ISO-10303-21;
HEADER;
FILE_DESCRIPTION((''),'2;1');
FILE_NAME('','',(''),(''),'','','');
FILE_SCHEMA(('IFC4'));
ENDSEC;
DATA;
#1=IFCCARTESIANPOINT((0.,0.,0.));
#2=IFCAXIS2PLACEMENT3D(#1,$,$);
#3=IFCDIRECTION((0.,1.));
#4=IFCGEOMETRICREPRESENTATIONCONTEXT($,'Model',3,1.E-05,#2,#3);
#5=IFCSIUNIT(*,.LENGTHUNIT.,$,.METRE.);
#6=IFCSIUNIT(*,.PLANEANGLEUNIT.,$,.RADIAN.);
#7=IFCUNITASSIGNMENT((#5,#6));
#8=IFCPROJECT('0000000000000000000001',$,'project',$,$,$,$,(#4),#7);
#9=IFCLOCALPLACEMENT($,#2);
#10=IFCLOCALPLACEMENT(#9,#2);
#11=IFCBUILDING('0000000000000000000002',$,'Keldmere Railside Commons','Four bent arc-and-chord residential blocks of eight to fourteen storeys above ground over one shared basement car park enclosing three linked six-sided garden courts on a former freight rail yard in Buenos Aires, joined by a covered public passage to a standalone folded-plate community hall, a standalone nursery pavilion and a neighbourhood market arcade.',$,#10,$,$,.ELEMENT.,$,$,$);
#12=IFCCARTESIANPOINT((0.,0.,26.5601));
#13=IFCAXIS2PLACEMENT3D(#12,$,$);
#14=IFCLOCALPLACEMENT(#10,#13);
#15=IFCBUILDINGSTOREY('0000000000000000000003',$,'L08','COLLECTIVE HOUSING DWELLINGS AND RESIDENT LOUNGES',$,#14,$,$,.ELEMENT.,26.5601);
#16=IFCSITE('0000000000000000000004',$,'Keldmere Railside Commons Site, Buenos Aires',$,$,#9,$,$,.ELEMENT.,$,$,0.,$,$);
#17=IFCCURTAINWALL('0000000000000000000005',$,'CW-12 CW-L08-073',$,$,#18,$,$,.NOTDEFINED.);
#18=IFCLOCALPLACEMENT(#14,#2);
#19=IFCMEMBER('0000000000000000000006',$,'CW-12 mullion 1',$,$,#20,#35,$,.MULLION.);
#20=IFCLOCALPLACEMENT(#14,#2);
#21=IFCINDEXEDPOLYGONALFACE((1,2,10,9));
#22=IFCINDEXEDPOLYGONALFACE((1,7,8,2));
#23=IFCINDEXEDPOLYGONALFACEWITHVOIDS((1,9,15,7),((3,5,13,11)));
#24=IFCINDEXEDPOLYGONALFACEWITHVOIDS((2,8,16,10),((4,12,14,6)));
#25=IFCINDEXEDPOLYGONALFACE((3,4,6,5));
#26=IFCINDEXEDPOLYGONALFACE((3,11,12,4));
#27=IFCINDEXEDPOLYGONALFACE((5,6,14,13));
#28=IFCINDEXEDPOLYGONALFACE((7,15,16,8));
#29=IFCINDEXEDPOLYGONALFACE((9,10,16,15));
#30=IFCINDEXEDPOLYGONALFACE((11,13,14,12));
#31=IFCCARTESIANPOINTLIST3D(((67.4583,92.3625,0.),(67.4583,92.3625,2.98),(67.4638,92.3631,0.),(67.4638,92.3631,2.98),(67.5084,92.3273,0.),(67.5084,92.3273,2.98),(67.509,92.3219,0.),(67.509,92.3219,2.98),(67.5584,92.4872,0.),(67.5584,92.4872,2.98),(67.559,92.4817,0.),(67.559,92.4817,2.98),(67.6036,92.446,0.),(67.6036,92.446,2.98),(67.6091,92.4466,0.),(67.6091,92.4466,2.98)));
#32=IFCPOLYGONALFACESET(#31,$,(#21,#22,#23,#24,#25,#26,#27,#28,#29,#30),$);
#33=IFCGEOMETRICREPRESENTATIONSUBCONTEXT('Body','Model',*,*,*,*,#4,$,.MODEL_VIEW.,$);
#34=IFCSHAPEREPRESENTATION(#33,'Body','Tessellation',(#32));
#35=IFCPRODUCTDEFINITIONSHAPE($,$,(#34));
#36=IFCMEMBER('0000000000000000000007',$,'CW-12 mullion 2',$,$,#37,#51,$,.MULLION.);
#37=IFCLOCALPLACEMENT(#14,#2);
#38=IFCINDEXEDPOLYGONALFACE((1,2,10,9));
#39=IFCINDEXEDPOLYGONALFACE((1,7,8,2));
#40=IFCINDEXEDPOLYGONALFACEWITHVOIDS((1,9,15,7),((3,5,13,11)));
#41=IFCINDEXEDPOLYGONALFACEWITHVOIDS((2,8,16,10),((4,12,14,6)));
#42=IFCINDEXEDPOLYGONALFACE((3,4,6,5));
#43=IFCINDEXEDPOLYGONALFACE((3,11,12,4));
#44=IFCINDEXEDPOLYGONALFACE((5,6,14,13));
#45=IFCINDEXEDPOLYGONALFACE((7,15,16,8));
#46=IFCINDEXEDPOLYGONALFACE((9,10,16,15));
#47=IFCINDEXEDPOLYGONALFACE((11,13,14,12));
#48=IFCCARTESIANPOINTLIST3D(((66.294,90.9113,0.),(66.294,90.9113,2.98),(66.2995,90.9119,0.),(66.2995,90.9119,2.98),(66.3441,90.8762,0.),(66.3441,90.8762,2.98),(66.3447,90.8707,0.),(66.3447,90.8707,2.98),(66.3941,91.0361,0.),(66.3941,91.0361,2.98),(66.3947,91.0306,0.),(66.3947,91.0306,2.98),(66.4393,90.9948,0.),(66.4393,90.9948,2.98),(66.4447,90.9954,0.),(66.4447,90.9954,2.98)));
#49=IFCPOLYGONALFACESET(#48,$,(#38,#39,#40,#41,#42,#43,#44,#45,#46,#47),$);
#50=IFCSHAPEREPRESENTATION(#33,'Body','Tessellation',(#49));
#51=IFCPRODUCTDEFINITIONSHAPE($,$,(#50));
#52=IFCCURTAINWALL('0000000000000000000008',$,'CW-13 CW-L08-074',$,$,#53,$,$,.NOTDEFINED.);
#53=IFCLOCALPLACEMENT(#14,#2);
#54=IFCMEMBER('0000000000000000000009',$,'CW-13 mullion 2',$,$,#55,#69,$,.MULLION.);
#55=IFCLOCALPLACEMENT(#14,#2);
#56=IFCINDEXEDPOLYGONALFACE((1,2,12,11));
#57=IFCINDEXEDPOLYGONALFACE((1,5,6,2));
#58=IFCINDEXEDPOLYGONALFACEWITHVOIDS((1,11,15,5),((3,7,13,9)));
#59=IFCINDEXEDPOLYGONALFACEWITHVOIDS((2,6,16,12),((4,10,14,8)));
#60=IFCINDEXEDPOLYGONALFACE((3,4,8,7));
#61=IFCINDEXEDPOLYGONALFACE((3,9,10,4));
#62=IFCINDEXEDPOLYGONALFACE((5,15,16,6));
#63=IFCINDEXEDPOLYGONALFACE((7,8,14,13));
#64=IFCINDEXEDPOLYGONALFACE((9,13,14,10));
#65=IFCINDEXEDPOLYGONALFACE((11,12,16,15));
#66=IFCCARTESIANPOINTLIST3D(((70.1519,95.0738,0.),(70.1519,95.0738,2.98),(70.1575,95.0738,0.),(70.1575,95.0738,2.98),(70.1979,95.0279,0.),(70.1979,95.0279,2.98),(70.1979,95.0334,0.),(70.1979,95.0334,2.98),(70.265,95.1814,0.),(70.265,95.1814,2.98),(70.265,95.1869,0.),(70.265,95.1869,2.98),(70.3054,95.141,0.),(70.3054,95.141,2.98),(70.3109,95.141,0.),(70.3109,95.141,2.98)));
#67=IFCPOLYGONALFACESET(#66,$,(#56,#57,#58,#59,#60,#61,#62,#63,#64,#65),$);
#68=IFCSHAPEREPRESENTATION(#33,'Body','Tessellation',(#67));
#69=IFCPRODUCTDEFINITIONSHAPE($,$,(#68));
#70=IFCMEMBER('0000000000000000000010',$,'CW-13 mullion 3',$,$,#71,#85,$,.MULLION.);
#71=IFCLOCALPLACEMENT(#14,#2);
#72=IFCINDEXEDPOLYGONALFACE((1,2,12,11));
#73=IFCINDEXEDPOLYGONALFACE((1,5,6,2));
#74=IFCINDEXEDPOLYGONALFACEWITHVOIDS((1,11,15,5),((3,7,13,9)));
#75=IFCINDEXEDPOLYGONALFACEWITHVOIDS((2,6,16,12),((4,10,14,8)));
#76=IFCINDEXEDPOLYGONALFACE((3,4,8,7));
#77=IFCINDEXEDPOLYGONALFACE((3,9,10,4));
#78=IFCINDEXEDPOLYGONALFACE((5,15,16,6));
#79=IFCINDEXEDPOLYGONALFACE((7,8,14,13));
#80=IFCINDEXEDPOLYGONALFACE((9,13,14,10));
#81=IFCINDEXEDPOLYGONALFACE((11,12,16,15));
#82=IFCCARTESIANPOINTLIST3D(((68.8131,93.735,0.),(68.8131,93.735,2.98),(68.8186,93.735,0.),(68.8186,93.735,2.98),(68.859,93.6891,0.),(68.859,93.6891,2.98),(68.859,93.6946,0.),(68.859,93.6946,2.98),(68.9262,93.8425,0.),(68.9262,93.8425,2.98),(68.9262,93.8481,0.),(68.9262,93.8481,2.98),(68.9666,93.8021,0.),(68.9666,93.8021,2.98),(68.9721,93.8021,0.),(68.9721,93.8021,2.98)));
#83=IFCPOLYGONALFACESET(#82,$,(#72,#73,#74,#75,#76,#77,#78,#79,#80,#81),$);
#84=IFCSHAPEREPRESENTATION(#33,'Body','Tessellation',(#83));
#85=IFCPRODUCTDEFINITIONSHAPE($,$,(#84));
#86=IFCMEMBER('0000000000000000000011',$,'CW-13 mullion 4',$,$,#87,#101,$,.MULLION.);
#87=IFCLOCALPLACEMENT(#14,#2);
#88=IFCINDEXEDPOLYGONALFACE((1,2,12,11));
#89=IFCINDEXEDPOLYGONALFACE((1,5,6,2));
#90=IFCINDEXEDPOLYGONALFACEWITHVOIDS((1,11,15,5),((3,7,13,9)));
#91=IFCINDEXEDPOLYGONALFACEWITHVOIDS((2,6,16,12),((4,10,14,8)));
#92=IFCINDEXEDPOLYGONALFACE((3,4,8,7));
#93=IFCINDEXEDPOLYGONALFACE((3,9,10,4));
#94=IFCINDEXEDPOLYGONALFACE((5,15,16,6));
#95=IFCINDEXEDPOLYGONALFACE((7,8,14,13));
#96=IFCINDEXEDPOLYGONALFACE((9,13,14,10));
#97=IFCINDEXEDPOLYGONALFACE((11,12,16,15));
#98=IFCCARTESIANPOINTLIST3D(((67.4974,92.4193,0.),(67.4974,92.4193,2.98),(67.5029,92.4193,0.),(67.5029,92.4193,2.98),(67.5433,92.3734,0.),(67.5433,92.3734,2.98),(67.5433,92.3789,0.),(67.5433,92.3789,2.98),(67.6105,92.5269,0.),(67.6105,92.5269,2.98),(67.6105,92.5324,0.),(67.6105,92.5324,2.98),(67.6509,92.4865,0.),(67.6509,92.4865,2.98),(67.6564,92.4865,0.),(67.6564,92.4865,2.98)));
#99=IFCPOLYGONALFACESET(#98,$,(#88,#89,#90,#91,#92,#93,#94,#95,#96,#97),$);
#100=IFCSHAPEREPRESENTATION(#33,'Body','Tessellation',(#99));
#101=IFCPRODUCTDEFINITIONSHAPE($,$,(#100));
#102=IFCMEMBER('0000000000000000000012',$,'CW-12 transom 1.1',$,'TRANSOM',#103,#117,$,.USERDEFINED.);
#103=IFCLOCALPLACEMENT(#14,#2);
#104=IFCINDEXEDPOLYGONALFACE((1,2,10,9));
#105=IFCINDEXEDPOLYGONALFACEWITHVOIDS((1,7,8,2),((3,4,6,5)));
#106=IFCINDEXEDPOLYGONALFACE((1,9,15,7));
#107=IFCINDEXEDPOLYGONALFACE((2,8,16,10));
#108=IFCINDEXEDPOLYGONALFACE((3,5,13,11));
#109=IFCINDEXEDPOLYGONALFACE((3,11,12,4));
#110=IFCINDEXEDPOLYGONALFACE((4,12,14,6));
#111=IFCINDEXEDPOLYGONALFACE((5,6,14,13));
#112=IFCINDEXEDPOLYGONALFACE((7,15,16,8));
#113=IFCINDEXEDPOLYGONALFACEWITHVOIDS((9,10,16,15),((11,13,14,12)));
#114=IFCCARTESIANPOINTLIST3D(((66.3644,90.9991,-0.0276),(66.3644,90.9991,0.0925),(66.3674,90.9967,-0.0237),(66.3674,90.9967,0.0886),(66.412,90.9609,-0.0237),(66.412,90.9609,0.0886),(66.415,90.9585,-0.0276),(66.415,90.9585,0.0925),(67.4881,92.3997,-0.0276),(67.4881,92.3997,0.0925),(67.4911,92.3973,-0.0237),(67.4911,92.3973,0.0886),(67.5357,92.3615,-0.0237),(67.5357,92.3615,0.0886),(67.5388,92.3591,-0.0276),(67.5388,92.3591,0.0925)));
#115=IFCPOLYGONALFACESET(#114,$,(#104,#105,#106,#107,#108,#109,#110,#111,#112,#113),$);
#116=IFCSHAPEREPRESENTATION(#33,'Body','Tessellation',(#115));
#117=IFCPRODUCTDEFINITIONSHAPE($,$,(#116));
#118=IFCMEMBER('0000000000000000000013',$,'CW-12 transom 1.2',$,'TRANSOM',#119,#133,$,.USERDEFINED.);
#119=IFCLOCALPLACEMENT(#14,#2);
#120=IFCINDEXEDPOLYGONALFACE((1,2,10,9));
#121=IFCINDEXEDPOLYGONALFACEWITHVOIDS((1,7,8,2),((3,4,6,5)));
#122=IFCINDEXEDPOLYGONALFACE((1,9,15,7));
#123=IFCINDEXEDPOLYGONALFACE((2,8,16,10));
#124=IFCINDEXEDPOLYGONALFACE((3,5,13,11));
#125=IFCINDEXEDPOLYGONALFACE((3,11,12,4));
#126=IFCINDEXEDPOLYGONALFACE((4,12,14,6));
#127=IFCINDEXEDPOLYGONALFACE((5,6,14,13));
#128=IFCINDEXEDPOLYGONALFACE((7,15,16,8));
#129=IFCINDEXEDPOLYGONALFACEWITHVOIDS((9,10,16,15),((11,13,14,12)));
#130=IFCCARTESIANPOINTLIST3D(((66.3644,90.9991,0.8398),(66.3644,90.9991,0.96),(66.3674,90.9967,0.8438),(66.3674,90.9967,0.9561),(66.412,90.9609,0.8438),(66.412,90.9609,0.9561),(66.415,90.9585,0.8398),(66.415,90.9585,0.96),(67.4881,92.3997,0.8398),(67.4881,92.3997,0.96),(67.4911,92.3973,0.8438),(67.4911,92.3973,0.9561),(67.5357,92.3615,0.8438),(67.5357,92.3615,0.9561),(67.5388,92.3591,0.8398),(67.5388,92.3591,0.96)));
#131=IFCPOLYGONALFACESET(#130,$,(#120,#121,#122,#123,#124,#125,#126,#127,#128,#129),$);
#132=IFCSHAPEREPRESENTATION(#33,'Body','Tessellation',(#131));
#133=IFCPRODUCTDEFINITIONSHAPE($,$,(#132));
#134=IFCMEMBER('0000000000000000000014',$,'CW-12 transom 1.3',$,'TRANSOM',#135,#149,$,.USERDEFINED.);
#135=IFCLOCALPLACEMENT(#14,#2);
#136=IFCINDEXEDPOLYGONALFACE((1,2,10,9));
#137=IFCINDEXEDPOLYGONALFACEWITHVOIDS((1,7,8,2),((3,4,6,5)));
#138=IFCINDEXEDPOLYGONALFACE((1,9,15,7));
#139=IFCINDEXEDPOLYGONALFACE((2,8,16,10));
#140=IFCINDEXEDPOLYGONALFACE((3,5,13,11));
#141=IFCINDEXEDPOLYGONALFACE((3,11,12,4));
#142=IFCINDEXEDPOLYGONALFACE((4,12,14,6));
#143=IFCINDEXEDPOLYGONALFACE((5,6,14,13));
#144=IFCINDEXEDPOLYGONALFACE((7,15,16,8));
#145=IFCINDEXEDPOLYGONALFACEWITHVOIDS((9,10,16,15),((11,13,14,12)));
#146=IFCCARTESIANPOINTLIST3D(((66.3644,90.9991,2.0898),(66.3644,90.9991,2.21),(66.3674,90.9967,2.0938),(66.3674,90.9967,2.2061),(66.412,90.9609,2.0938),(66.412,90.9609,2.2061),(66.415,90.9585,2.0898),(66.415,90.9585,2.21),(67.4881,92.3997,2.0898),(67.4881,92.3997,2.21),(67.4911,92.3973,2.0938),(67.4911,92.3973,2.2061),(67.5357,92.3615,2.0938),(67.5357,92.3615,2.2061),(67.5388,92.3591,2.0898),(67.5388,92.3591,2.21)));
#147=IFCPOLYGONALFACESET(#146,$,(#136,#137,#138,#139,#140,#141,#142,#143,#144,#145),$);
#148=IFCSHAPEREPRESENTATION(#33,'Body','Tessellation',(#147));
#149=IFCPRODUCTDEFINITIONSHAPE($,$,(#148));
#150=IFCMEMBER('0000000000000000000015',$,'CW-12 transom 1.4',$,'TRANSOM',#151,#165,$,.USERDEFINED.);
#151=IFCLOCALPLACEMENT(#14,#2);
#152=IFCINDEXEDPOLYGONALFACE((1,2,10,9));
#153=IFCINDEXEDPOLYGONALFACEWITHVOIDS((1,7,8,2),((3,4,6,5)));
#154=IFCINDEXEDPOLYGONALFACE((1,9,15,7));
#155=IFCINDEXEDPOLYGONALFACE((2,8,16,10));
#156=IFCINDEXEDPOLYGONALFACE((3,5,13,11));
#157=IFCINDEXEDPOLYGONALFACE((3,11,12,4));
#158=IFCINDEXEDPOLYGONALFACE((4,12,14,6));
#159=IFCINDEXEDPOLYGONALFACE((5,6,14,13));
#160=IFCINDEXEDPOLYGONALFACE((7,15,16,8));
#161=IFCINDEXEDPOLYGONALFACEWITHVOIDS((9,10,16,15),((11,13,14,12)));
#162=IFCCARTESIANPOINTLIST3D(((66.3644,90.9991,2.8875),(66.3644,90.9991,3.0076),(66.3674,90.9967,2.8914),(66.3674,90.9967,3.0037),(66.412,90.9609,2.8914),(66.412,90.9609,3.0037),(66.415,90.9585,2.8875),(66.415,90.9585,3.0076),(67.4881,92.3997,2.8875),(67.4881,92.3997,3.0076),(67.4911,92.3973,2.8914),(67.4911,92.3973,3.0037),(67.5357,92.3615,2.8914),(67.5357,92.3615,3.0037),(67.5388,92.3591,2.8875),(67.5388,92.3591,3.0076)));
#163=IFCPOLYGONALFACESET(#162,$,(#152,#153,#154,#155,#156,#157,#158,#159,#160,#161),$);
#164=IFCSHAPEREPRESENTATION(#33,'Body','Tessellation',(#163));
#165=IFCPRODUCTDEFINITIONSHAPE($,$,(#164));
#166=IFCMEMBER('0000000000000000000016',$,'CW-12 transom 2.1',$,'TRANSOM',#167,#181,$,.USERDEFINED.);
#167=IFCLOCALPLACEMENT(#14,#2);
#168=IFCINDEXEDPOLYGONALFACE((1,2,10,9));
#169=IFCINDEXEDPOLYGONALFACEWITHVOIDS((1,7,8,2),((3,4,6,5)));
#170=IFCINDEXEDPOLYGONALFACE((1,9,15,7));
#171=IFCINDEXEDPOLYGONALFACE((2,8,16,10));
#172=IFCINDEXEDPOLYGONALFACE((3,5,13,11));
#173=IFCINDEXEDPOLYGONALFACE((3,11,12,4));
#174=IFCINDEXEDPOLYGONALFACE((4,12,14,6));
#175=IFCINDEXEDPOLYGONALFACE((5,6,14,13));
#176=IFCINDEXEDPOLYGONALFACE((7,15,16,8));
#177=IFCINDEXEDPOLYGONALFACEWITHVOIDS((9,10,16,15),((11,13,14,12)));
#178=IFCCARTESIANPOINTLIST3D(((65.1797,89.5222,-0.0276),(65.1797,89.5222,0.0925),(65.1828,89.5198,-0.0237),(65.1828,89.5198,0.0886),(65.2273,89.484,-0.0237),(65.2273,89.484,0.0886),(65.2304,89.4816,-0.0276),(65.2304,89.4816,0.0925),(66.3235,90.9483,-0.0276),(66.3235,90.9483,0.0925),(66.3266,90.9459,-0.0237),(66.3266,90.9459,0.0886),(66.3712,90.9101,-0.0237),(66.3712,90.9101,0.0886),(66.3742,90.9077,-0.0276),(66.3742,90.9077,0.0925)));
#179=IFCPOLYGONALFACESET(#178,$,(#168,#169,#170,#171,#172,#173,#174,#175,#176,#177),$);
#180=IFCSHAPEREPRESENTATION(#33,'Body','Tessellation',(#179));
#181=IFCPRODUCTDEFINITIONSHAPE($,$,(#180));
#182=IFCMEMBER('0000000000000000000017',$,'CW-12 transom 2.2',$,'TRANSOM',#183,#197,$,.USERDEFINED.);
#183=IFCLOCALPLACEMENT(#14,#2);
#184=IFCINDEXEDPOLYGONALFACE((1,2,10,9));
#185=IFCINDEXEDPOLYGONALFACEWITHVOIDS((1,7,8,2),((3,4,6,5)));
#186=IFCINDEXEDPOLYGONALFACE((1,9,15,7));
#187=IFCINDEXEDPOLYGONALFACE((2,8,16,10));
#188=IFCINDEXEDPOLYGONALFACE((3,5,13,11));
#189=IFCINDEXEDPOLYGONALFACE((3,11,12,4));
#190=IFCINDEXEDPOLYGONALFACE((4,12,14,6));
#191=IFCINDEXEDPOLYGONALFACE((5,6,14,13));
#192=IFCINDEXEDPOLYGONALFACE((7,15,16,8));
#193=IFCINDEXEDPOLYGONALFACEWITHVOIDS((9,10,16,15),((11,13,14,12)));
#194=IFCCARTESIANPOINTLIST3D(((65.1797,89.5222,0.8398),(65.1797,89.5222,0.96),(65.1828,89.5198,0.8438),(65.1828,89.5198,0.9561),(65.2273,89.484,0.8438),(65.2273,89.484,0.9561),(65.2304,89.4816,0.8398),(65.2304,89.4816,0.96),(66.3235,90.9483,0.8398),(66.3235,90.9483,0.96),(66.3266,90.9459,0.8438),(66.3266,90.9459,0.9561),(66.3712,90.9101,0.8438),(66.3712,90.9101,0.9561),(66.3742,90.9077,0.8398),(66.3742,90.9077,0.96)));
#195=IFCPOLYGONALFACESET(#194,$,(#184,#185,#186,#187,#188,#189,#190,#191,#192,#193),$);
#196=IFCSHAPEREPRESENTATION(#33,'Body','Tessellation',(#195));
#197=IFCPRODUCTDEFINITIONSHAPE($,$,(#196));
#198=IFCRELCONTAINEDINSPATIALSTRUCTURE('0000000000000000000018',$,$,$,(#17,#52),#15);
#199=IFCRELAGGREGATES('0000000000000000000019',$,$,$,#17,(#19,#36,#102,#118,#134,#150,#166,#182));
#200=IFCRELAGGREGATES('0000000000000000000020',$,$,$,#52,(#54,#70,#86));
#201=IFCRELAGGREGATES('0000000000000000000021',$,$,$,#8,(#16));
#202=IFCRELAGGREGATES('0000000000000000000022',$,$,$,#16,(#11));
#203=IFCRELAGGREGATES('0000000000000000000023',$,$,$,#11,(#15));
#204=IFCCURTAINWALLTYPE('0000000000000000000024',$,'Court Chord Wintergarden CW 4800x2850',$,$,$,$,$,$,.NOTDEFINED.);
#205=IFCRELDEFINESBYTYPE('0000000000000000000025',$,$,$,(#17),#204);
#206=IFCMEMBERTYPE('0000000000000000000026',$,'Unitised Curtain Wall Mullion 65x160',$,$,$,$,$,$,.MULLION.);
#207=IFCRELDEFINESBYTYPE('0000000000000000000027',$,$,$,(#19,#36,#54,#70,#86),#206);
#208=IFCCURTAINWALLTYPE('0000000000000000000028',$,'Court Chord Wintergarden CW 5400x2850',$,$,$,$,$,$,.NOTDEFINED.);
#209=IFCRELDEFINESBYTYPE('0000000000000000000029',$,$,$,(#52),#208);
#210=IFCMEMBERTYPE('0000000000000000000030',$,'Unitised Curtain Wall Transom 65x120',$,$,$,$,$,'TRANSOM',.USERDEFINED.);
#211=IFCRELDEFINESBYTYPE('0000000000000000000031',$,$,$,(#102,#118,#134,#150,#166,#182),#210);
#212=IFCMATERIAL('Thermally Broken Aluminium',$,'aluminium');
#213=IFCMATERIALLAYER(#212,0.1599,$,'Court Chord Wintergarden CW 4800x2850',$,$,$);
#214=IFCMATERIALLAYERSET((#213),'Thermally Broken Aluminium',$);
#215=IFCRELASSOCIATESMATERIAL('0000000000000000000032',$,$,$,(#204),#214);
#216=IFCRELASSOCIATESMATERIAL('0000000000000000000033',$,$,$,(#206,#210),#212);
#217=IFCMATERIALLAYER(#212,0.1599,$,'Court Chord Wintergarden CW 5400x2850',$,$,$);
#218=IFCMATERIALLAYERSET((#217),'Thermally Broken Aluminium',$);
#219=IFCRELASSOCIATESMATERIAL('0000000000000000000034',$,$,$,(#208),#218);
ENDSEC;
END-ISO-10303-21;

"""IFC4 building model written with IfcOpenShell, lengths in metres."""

from ifc_helpers import new_model, si_unit, direction, frame, origin, origin_2d, place, context, subcontext, project, spatial, hollow_rectangle, extrude, material, layer, layer_set, material_profile, profile_set, type_object, element, aggregate, save


model = new_model("IFC4")

# Units and contexts
model_context = context("Model", 3, precision=1e-05, world=origin(), true_north=direction((0.0, 1.0)))
body_context = subcontext(model_context, "Body", "Model", "MODEL_VIEW")
ifc_project = project(units=[si_unit("LENGTHUNIT", "METRE"), si_unit("PLANEANGLEUNIT", "RADIAN")], contexts=[model_context])

# Site, building, storey
site_placement = place(None, origin())
site = spatial("IfcSite", under=ifc_project, at=site_placement, Name="Keldmere Railside Commons Site, Buenos Aires", CompositionType="ELEMENT", RefElevation=0.0)
building_placement = place(site_placement, origin())
building = spatial("IfcBuilding", under=site, at=building_placement, Name="Keldmere Railside Commons", Description="Four bent arc-and-chord residential blocks of eight to fourteen storeys above ground over one shared basement car park enclosing three linked six-sided garden courts on a former freight rail yard in Buenos Aires, joined by a covered public passage to a standalone folded-plate community hall, a standalone nursery pavilion and a neighbourhood market arcade.", CompositionType="ELEMENT")
storey_placement = place(building_placement, frame((0.0, 0.0, 26.5601)))
storey = spatial("IfcBuildingStorey", under=building, at=storey_placement, Name="L08", Description="COLLECTIVE HOUSING DWELLINGS AND RESIDENT LOUNGES", CompositionType="ELEMENT", Elevation=26.5601)

# Curtain walls, members
ifc_material_1 = material(Name="Thermally Broken Aluminium", Category="aluminium")
ifc_layer_1 = layer(ifc_material_1, 0.1599, Name="Court Chord Wintergarden CW 4800x2850")
ifc_layer_set_1 = layer_set([ifc_layer_1], Name="Thermally Broken Aluminium")
curtain_wall_type_1 = type_object("IfcCurtainWallType", Name="Court Chord Wintergarden CW 4800x2850", PredefinedType="NOTDEFINED", material=ifc_layer_set_1)
curtain_wall_1_placement = place(storey_placement, origin())
curtain_wall_1 = element("IfcCurtainWall", 1, at=curtain_wall_1_placement, inside=storey, type_object=curtain_wall_type_1, Name="CW-12 CW-L08-073", PredefinedType="NOTDEFINED")
ifc_material_profile_1 = material_profile(ifc_material_1, hollow_rectangle(XDim=0.0649, YDim=0.1599, WallThickness=0.0039, at=origin_2d()), Name="ALU-MULL-65x160")
ifc_profile_set_1 = profile_set([ifc_material_profile_1], Name="Thermally Broken Aluminium")
member_type_1 = type_object("IfcMemberType", Name="Unitised Curtain Wall Mullion 65x160", PredefinedType="MULLION", material=ifc_profile_set_1)
member_1_placement = place(storey_placement, frame((67.5337, 92.4045, 0.0), z_axis=(0.0, 0.0, 1.0), x_axis=(0.780009, -0.625768, 0.0)))
member_1 = element("IfcMember", 2, at=member_1_placement, type_object=member_type_1, Name="CW-12 mullion 1", PredefinedType="MULLION", context=body_context, shape_type="SweptSolid", body=[
    extrude(hollow_rectangle(XDim=0.0649, YDim=0.1599, WallThickness=0.0039, at=origin_2d()), origin(), (0.0, 0.0, 1.0), 2.98),
])
member_2_placement = place(storey_placement, frame((66.3694, 90.9534, 0.0), z_axis=(0.0, 0.0, 1.0), x_axis=(0.780009, -0.625768, 0.0)))
member_2 = element("IfcMember", 3, at=member_2_placement, type_object=member_type_1, Name="CW-12 mullion 2", PredefinedType="MULLION", context=body_context, shape_type="SweptSolid", body=[
    extrude(hollow_rectangle(XDim=0.0649, YDim=0.1599, WallThickness=0.0039, at=origin_2d()), origin(), (0.0, 0.0, 1.0), 2.98),
])
ifc_layer_2 = layer(ifc_material_1, 0.1599, Name="Court Chord Wintergarden CW 5400x2850")
ifc_layer_set_2 = layer_set([ifc_layer_2], Name="Thermally Broken Aluminium")
curtain_wall_type_2 = type_object("IfcCurtainWallType", Name="Court Chord Wintergarden CW 5400x2850", PredefinedType="NOTDEFINED", material=ifc_layer_set_2)
curtain_wall_2_placement = place(storey_placement, origin())
curtain_wall_2 = element("IfcCurtainWall", 4, at=curtain_wall_2_placement, inside=storey, type_object=curtain_wall_type_2, Name="CW-13 CW-L08-074", PredefinedType="NOTDEFINED")
member_3_placement = place(storey_placement, frame((70.2314, 95.1074, 0.0), z_axis=(0.0, 0.0, 1.0), x_axis=(0.707107, -0.707107, 0.0)))
member_3 = element("IfcMember", 5, at=member_3_placement, type_object=member_type_1, Name="CW-13 mullion 2", PredefinedType="MULLION", context=body_context, shape_type="SweptSolid", body=[
    extrude(hollow_rectangle(XDim=0.0649, YDim=0.1599, WallThickness=0.0039, at=origin_2d()), origin(), (0.0, 0.0, 1.0), 2.98),
])
member_4_placement = place(storey_placement, frame((68.8926, 93.7686, 0.0), z_axis=(0.0, 0.0, 1.0), x_axis=(0.707107, -0.707107, 0.0)))
member_4 = element("IfcMember", 6, at=member_4_placement, type_object=member_type_1, Name="CW-13 mullion 3", PredefinedType="MULLION", context=body_context, shape_type="SweptSolid", body=[
    extrude(hollow_rectangle(XDim=0.0649, YDim=0.1599, WallThickness=0.0039, at=origin_2d()), origin(), (0.0, 0.0, 1.0), 2.98),
])
member_5_placement = place(storey_placement, frame((67.5769, 92.4529, 0.0), z_axis=(0.0, 0.0, 1.0), x_axis=(0.707107, -0.707107, 0.0)))
member_5 = element("IfcMember", 7, at=member_5_placement, type_object=member_type_1, Name="CW-13 mullion 4", PredefinedType="MULLION", context=body_context, shape_type="SweptSolid", body=[
    extrude(hollow_rectangle(XDim=0.0649, YDim=0.1599, WallThickness=0.0039, at=origin_2d()), origin(), (0.0, 0.0, 1.0), 2.98),
])

# Members
ifc_material_profile_2 = material_profile(ifc_material_1, hollow_rectangle(XDim=0.0649, YDim=0.1201, WallThickness=0.0039, at=origin_2d()), Name="ALU-TRAN-65x120")
ifc_profile_set_2 = profile_set([ifc_material_profile_2], Name="Thermally Broken Aluminium")
member_type_2 = type_object("IfcMemberType", Name="Unitised Curtain Wall Transom 65x120", ElementType="TRANSOM", PredefinedType="USERDEFINED", material=ifc_profile_set_2)
member_6_placement = place(storey_placement, frame((67.5134, 92.3794, 0.0325), z_axis=(-0.625805, -0.779979, 0.0), x_axis=(0.779979, -0.625805, 0.0)))
member_6 = element("IfcMember", 8, at=member_6_placement, type_object=member_type_2, Name="CW-12 transom 1.1", ObjectType="TRANSOM", PredefinedType="USERDEFINED", context=body_context, shape_type="SweptSolid", body=[
    extrude(hollow_rectangle(XDim=0.0649, YDim=0.1201, WallThickness=0.0039, at=origin_2d()), origin(), (0.0, 0.0, 1.0), 1.7957),
])
member_7_placement = place(storey_placement, frame((67.5134, 92.3794, 0.8999), z_axis=(-0.625805, -0.779979, 0.0), x_axis=(0.779979, -0.625805, 0.0)))
member_7 = element("IfcMember", 9, at=member_7_placement, type_object=member_type_2, Name="CW-12 transom 1.2", ObjectType="TRANSOM", PredefinedType="USERDEFINED", context=body_context, shape_type="SweptSolid", body=[
    extrude(hollow_rectangle(XDim=0.0649, YDim=0.1201, WallThickness=0.0039, at=origin_2d()), origin(), (0.0, 0.0, 1.0), 1.7957),
])
member_8_placement = place(storey_placement, frame((67.5134, 92.3794, 2.1499), z_axis=(-0.625805, -0.779979, 0.0), x_axis=(0.779979, -0.625805, 0.0)))
member_8 = element("IfcMember", 10, at=member_8_placement, type_object=member_type_2, Name="CW-12 transom 1.3", ObjectType="TRANSOM", PredefinedType="USERDEFINED", context=body_context, shape_type="SweptSolid", body=[
    extrude(hollow_rectangle(XDim=0.0649, YDim=0.1201, WallThickness=0.0039, at=origin_2d()), origin(), (0.0, 0.0, 1.0), 1.7957),
])
member_9_placement = place(storey_placement, frame((67.5134, 92.3794, 2.9475), z_axis=(-0.625805, -0.779979, 0.0), x_axis=(0.779979, -0.625805, 0.0)))
member_9 = element("IfcMember", 11, at=member_9_placement, type_object=member_type_2, Name="CW-12 transom 1.4", ObjectType="TRANSOM", PredefinedType="USERDEFINED", context=body_context, shape_type="SweptSolid", body=[
    extrude(hollow_rectangle(XDim=0.0649, YDim=0.1201, WallThickness=0.0039, at=origin_2d()), origin(), (0.0, 0.0, 1.0), 1.7957),
])
member_10_placement = place(storey_placement, frame((66.3489, 90.928, 0.0325), z_axis=(-0.625688, -0.780073, 0.0), x_axis=(0.780073, -0.625688, 0.0)))
member_10 = element("IfcMember", 12, at=member_10_placement, type_object=member_type_2, Name="CW-12 transom 2.1", ObjectType="TRANSOM", PredefinedType="USERDEFINED", context=body_context, shape_type="SweptSolid", body=[
    extrude(hollow_rectangle(XDim=0.0649, YDim=0.1201, WallThickness=0.0039, at=origin_2d()), origin(), (0.0, 0.0, 1.0), 1.8281),
])
member_11_placement = place(storey_placement, frame((66.3489, 90.928, 0.8999), z_axis=(-0.625688, -0.780073, 0.0), x_axis=(0.780073, -0.625688, 0.0)))
member_11 = element("IfcMember", 13, at=member_11_placement, type_object=member_type_2, Name="CW-12 transom 2.2", ObjectType="TRANSOM", PredefinedType="USERDEFINED", context=body_context, shape_type="SweptSolid", body=[
    extrude(hollow_rectangle(XDim=0.0649, YDim=0.1201, WallThickness=0.0039, at=origin_2d()), origin(), (0.0, 0.0, 1.0), 1.8281),
])

aggregate(curtain_wall_1, [member_1, member_2, member_6, member_7, member_8, member_9, member_10, member_11])
aggregate(curtain_wall_2, [member_3, member_4, member_5])

save(model, "model.ifc")
